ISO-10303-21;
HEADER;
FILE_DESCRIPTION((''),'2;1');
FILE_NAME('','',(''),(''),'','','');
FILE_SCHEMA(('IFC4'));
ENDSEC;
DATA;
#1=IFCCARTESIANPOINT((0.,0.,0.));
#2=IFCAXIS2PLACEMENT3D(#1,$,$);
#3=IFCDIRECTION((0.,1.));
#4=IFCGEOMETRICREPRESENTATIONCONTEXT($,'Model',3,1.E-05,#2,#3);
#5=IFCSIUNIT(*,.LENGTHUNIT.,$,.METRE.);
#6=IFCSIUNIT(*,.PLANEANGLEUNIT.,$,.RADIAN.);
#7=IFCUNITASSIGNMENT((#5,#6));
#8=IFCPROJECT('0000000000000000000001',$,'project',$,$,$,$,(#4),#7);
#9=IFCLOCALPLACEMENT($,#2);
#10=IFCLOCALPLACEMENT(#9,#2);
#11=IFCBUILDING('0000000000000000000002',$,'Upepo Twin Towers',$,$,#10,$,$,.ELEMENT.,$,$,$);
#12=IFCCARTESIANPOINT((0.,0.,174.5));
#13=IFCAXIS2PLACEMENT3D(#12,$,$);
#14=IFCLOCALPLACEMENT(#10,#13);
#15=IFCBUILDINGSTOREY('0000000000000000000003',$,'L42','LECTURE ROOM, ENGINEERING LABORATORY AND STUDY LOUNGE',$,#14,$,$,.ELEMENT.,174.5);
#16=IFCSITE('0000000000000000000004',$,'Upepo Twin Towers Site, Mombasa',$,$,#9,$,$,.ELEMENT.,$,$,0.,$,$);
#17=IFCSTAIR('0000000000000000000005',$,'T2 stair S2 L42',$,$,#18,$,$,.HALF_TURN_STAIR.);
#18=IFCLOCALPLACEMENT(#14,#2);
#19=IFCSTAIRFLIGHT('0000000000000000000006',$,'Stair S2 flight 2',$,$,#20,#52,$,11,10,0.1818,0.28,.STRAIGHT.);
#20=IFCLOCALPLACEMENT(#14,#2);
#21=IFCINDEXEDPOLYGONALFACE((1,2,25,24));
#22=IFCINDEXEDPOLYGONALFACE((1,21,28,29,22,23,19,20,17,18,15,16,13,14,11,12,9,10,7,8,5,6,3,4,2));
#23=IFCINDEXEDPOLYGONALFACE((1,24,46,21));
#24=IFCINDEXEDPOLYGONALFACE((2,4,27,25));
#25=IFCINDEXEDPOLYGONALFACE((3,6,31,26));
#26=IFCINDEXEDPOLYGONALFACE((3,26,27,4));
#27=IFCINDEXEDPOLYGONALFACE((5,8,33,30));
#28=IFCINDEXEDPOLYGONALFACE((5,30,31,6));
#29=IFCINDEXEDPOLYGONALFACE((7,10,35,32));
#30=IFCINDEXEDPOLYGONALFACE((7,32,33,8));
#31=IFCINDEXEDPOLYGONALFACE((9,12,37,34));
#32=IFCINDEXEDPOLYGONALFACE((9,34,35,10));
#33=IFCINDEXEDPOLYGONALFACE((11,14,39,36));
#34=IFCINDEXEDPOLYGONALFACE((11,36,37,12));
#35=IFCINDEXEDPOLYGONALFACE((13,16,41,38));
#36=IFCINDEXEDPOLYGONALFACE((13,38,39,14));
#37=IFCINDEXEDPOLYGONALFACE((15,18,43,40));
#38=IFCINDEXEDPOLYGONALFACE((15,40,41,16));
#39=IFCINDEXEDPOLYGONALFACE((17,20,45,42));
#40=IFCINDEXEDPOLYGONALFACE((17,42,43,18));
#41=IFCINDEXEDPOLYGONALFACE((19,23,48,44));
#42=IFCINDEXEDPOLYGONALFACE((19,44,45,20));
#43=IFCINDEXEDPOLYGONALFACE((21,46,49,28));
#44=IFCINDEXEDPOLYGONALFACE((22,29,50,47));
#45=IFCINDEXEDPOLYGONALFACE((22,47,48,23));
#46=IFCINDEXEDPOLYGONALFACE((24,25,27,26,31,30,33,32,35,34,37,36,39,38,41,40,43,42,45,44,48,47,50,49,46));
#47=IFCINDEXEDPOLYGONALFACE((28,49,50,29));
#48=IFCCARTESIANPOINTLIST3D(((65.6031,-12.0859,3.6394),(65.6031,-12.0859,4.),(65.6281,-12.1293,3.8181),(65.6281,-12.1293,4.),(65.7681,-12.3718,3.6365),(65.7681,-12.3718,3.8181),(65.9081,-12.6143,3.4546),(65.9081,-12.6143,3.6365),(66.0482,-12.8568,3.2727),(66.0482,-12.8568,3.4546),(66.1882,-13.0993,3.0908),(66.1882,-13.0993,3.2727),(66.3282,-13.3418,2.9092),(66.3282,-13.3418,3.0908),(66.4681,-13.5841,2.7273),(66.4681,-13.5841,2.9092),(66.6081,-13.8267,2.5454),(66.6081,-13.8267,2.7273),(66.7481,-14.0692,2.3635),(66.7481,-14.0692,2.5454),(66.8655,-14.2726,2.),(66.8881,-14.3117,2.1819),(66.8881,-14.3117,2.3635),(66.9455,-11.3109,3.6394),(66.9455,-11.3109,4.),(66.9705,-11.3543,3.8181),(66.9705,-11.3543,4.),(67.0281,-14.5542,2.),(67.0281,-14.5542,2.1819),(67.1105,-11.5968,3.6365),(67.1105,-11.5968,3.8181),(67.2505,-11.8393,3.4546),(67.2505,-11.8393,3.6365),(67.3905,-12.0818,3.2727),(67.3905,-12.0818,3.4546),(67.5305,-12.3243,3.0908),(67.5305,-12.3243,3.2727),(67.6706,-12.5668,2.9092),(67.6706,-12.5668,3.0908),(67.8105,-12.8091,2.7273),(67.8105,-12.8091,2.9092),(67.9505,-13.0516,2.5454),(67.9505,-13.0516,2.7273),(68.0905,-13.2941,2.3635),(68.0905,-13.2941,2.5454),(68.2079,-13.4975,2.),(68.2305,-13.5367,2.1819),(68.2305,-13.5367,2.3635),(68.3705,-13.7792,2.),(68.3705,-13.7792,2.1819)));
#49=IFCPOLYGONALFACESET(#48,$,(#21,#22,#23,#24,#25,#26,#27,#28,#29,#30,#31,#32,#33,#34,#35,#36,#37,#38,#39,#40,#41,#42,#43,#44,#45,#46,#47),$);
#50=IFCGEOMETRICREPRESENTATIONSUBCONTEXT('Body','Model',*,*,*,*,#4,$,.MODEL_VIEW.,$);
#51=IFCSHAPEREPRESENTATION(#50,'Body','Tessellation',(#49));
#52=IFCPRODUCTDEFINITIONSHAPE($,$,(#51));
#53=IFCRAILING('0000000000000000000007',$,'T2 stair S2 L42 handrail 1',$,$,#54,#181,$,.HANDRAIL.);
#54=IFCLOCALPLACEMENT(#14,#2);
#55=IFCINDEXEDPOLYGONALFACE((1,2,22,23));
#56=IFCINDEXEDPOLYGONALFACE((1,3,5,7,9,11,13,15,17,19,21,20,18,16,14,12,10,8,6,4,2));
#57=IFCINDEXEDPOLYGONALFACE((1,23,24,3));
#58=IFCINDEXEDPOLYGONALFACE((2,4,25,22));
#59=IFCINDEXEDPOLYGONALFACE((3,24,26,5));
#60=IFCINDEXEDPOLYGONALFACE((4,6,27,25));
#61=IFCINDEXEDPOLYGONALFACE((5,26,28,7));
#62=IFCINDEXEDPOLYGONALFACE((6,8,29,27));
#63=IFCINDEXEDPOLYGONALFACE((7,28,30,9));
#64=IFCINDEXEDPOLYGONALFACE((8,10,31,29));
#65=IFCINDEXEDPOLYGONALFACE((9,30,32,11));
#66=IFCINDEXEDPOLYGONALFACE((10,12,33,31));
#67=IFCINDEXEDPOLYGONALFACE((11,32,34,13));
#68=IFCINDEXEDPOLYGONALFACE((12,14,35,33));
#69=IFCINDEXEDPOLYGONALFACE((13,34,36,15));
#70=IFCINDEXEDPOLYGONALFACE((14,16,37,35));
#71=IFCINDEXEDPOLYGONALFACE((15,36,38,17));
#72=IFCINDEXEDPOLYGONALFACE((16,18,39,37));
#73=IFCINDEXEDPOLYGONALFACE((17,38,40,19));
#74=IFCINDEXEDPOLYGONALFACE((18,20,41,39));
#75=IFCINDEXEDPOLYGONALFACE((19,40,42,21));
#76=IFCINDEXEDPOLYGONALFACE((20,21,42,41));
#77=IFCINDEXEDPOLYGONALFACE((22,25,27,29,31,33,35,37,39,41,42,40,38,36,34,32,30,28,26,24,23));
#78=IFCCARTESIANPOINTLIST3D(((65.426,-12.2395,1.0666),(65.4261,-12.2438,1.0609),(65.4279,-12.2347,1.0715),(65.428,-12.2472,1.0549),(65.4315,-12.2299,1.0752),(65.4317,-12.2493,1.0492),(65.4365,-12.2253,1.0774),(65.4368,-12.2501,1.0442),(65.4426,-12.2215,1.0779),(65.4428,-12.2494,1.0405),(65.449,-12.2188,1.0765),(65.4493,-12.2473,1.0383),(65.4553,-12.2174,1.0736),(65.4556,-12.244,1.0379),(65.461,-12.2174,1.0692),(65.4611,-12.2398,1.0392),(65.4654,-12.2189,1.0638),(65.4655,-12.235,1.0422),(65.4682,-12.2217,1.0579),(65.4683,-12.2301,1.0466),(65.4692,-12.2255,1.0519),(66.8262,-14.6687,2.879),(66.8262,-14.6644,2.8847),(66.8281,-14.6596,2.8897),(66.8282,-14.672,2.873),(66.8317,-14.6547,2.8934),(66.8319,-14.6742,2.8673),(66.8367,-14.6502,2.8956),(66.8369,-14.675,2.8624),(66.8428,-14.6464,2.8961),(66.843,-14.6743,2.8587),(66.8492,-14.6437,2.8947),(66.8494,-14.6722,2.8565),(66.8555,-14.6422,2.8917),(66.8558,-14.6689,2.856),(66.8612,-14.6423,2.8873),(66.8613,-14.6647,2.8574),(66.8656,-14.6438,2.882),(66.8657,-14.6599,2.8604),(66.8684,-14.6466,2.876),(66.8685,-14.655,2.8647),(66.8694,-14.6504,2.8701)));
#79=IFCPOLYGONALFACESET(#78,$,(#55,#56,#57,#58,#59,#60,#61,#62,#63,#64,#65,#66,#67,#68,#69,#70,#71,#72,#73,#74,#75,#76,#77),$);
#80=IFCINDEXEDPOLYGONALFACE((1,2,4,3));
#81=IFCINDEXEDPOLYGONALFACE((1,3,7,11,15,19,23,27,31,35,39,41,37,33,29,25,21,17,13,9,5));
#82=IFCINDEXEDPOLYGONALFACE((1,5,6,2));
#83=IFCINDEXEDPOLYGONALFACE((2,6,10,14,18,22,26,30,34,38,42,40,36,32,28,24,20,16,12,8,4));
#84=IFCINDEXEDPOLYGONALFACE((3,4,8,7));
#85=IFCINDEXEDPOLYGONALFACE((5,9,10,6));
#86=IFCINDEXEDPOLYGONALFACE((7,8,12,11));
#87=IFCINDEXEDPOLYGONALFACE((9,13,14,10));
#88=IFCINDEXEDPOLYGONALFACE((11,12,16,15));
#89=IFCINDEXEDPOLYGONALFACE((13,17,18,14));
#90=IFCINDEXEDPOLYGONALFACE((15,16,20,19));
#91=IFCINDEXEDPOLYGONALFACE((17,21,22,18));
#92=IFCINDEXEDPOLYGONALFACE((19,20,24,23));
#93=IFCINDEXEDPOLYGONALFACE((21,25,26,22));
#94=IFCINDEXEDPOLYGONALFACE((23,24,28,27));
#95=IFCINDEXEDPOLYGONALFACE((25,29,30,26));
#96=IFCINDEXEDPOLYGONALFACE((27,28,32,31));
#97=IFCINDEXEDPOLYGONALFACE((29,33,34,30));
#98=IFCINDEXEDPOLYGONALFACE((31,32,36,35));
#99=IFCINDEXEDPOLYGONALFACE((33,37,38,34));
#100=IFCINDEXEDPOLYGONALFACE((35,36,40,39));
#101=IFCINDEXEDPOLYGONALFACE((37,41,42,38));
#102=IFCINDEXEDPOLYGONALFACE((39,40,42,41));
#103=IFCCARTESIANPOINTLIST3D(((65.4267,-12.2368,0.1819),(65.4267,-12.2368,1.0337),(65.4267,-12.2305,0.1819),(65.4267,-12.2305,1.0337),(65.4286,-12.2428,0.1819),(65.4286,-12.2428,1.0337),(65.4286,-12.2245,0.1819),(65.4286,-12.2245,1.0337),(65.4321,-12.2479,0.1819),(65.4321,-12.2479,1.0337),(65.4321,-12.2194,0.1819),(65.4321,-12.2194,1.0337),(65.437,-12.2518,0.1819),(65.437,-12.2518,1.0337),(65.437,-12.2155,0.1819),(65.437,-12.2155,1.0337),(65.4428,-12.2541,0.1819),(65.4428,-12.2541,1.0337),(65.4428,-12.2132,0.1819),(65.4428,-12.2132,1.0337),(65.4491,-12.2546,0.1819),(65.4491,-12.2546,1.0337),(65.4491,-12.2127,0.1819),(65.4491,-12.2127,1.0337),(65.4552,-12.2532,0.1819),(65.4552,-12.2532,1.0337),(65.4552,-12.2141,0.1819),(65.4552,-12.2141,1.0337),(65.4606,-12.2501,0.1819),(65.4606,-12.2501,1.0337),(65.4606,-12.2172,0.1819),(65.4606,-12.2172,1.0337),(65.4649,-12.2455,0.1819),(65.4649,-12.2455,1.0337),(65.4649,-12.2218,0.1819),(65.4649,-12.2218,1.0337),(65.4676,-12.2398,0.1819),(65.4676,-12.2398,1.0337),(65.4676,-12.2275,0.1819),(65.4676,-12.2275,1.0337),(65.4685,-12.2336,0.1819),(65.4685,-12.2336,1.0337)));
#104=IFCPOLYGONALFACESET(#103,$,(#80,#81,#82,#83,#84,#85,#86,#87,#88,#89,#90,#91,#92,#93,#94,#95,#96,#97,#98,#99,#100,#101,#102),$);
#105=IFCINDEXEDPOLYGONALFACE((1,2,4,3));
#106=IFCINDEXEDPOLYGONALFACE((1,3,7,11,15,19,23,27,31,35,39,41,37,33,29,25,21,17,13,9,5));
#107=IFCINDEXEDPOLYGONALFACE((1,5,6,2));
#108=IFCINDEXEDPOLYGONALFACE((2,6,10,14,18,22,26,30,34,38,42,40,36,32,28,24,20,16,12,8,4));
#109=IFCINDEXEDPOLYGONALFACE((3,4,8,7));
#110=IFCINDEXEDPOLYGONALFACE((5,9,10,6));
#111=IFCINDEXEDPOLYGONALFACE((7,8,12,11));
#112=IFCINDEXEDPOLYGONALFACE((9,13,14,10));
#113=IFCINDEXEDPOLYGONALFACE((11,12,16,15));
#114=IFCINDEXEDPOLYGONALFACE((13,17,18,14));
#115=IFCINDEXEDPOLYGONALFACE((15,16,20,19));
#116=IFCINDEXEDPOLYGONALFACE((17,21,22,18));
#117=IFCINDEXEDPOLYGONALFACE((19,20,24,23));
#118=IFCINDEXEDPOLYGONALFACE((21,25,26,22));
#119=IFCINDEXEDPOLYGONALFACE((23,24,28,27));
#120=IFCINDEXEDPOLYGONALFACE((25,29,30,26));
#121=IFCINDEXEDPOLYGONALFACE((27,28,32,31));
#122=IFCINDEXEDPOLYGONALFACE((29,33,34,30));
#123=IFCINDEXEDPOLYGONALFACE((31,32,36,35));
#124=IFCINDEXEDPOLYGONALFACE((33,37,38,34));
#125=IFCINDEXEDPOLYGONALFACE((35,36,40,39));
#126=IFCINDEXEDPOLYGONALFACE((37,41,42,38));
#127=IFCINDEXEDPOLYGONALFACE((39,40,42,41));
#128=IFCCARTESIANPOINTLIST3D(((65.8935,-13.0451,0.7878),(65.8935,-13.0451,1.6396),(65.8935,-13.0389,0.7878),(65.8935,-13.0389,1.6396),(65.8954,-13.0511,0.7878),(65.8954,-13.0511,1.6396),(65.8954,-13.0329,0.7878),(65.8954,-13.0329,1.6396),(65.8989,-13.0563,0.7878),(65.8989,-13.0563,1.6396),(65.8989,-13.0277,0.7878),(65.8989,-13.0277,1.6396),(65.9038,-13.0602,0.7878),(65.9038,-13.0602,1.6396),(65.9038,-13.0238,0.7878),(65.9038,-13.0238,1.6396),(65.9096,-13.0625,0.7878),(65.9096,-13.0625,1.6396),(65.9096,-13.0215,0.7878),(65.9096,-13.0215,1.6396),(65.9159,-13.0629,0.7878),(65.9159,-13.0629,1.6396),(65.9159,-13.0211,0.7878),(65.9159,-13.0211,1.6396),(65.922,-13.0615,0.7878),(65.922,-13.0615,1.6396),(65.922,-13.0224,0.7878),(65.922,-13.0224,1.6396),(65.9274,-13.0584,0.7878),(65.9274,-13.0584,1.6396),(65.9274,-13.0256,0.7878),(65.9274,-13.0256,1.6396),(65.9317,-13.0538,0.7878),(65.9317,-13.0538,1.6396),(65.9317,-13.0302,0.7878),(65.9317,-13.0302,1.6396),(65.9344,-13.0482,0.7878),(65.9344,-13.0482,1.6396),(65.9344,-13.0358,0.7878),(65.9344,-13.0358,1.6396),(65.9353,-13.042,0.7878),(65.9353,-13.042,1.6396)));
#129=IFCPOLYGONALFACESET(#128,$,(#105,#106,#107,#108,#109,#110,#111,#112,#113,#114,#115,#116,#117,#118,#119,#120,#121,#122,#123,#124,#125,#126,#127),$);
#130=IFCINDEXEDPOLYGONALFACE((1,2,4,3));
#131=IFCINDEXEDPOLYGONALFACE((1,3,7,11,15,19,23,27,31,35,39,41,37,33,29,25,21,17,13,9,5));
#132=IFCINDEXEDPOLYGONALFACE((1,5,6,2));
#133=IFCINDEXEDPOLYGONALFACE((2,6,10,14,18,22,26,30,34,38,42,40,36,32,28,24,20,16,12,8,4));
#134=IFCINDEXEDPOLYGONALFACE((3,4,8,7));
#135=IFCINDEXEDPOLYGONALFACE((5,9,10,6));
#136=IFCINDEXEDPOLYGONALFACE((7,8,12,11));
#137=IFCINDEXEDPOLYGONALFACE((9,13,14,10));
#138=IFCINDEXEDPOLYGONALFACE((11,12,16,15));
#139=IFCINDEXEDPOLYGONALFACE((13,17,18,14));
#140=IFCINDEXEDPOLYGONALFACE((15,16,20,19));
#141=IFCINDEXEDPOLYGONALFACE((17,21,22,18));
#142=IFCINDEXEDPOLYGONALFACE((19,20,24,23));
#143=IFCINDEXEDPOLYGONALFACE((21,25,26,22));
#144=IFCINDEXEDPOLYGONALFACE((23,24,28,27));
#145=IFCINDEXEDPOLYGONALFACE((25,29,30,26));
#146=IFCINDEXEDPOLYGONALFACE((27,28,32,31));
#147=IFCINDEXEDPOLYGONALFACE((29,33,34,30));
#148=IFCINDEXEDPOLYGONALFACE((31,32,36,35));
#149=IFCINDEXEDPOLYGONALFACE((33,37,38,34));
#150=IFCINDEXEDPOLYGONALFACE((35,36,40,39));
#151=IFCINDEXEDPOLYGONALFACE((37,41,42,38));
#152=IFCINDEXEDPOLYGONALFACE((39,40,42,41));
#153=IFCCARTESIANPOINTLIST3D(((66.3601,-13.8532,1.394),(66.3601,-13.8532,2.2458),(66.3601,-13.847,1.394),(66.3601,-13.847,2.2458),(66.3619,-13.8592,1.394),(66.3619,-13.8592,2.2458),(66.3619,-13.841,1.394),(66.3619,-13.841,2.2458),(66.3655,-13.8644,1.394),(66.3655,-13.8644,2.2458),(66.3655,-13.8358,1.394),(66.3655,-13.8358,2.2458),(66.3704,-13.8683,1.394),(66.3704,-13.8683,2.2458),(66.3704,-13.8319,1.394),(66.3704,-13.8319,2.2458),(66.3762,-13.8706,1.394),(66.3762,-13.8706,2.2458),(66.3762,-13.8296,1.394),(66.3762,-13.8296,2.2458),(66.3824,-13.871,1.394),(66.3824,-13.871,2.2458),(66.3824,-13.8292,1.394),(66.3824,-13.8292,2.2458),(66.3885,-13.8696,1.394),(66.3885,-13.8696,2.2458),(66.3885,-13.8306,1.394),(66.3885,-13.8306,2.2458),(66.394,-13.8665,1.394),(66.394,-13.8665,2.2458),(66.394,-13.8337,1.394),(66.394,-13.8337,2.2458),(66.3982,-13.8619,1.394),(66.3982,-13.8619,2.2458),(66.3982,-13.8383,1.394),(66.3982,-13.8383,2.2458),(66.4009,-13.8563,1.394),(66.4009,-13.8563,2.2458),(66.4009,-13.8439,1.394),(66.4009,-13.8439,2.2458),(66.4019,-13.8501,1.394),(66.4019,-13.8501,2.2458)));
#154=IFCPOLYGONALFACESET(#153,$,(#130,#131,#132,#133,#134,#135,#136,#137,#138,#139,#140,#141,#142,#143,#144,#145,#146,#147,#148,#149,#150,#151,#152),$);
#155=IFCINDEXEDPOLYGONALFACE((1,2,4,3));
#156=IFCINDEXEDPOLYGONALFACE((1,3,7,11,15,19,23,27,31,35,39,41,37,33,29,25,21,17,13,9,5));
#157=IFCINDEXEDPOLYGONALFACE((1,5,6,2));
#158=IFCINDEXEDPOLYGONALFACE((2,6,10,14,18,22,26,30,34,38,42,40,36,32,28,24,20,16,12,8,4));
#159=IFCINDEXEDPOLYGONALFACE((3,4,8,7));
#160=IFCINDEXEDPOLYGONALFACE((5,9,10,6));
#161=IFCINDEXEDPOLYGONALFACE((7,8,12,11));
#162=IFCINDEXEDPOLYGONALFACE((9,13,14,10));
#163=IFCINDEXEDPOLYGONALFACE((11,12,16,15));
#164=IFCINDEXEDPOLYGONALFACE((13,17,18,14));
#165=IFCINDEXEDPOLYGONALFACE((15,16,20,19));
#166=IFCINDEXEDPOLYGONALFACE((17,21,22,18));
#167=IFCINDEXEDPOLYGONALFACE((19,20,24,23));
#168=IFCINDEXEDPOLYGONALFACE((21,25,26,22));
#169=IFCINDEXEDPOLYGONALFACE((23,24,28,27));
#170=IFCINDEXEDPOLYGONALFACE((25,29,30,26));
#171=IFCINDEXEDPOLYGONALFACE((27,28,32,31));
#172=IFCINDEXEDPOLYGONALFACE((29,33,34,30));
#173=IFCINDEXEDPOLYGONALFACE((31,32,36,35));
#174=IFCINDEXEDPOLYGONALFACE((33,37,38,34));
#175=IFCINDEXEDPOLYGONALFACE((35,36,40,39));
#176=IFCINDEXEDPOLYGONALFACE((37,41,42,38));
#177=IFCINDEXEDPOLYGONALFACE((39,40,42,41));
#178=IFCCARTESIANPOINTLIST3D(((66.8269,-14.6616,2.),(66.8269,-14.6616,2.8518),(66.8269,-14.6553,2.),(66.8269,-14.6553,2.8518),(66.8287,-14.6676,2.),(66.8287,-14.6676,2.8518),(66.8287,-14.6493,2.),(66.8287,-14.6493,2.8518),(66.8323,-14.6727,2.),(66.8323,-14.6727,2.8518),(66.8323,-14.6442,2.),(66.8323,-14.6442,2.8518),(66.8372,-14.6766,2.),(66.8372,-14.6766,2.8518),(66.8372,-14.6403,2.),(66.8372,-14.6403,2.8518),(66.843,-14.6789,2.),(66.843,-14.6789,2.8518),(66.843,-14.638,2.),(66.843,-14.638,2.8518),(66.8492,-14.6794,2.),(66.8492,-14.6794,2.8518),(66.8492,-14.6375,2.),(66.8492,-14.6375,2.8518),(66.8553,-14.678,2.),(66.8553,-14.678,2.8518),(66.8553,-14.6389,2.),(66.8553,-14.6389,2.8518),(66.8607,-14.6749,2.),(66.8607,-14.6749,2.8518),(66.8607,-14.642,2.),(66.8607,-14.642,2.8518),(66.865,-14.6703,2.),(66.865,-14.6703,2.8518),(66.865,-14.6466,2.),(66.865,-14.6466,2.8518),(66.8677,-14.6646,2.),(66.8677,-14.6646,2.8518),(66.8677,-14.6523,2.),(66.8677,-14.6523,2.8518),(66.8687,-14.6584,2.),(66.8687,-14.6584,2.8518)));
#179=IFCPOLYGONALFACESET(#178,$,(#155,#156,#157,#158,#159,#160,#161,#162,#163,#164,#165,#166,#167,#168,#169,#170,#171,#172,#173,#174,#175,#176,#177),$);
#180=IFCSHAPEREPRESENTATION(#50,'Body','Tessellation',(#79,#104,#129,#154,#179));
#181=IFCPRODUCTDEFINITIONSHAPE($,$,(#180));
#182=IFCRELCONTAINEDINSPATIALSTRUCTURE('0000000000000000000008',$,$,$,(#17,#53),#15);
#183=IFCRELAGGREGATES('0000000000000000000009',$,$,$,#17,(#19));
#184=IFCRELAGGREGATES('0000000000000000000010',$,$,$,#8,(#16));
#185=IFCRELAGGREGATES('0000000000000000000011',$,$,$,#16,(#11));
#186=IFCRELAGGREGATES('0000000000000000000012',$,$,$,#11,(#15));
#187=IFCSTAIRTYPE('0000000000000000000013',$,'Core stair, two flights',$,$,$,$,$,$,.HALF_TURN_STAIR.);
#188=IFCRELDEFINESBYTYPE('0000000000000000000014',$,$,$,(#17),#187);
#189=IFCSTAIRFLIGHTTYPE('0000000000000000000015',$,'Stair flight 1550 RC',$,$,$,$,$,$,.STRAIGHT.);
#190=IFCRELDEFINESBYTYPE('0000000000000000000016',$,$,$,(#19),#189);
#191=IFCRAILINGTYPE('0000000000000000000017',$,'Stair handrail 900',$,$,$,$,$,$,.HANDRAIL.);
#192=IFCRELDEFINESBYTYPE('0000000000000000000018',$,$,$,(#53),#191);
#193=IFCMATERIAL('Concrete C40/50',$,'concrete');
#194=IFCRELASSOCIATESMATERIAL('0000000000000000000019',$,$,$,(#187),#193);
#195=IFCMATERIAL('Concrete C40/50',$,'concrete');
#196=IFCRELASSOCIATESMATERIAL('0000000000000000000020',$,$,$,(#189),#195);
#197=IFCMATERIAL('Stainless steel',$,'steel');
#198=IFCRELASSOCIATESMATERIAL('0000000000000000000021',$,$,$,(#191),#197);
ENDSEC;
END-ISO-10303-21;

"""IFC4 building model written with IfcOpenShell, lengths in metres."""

from ifc_helpers import new_model, si_unit, direction, frame, origin, origin_2d, place, context, subcontext, project, spatial, polyline, circle, outline, extrude, material, type_object, element, aggregate, save


model = new_model("IFC4")

# Units and contexts
model_context = context("Model", 3, precision=1e-05, world=origin(), true_north=direction((0.0, 1.0)))
body_context = subcontext(model_context, "Body", "Model", "MODEL_VIEW")
ifc_project = project(units=[si_unit("LENGTHUNIT", "METRE"), si_unit("PLANEANGLEUNIT", "RADIAN")], contexts=[model_context])

# Site, building, storey
site_placement = place(None, origin())
site = spatial("IfcSite", under=ifc_project, at=site_placement, Name="Upepo Twin Towers Site, Mombasa", CompositionType="ELEMENT", RefElevation=0.0)
building_placement = place(site_placement, origin())
building = spatial("IfcBuilding", under=site, at=building_placement, Name="Upepo Twin Towers", CompositionType="ELEMENT")
storey_placement = place(building_placement, frame((0.0, 0.0, 174.5)))
storey = spatial("IfcBuildingStorey", under=building, at=storey_placement, Name="L42", Description="LECTURE ROOM, ENGINEERING LABORATORY AND STUDY LOUNGE", CompositionType="ELEMENT", Elevation=174.5)

# Stair, stair flight
ifc_material_1 = material(Name="Concrete C40/50", Category="concrete")
stair_type = type_object("IfcStairType", Name="Core stair, two flights", PredefinedType="HALF_TURN_STAIR", material=ifc_material_1)
stair_placement = place(storey_placement, origin())
stair = element("IfcStair", 1, at=stair_placement, inside=storey, type_object=stair_type, Name="T2 stair S2 L42", PredefinedType="HALF_TURN_STAIR")
ifc_material_2 = material(Name="Concrete C40/50", Category="concrete")
stair_flight_type = type_object("IfcStairFlightType", Name="Stair flight 1550 RC", PredefinedType="STRAIGHT", material=ifc_material_2)
stair_flight_1_placement = place(storey_placement, frame((67.6992, -14.1667, 2.0), z_axis=(0.0, 0.0, 1.0), x_axis=(-0.5, 0.866025, 0.0)))
stair_flight_1 = element("IfcStairFlight", 2, at=stair_flight_1_placement, type_object=stair_flight_type, Name="Stair S2 flight 2", NumberOfRisers=11, NumberOfTreads=10, PredefinedType="STRAIGHT", RiserHeight=0.1818, TreadLength=0.28, context=body_context, shape_type="SweptSolid", body=[
    extrude(outline(polyline([(0.0, 0.0), (0.0, 0.1819), (0.28, 0.1819), (0.28, 0.3635), (0.5601, 0.3635), (0.5601, 0.5454), (0.8401, 0.5454), (0.8401, 0.7273), (1.1201, 0.7273), (1.1201, 0.9092), (1.3999, 0.9092), (1.3999, 1.0908), (1.6799, 1.0908), (1.6799, 1.2727), (1.96, 1.2727), (1.96, 1.4546), (2.24, 1.4546), (2.24, 1.6365), (2.52, 1.6365), (2.52, 1.8181), (2.8, 1.8181), (2.8, 2.0), (2.8501, 2.0), (2.8501, 1.6394), (0.3252, 0.0), (0.0, 0.0)])), frame((0.0, 0.7749, 0.0), z_axis=(0.0, -1.0, 0.0), x_axis=(1.0, 0.0, 0.0)), (0.0, 0.0, 1.0), 1.55),
])
aggregate(stair, [stair_flight_1])

# Railing
ifc_material_3 = material(Name="Stainless steel", Category="steel")
railing_type = type_object("IfcRailingType", Name="Stair handrail 900", PredefinedType="HANDRAIL", material=ifc_material_3)
railing_1_placement = place(storey_placement, frame((65.4475, -12.2336, 0.1819)))
element("IfcRailing", 3, at=railing_1_placement, inside=storey, type_object=railing_type, Name="T2 stair S2 L42 handrail 1", PredefinedType="HANDRAIL", context=body_context, shape_type="SweptSolid", body=[
    extrude(circle(Radius=0.0239, at=origin_2d()), frame((0.0, 0.0, 0.876), z_axis=(0.419393, -0.726314, 0.544589), x_axis=(0.865997, 0.50005, 0.0)), (0.0, 0.0, 1.0), 3.3386),
    extrude(circle(Radius=0.021, at=origin_2d()), origin(), (0.0, 0.0, 1.0), 0.8518),
    extrude(circle(Radius=0.021, at=origin_2d()), frame((0.4668, -0.8083, 0.606)), (0.0, 0.0, 1.0), 0.8518),
    extrude(circle(Radius=0.021, at=origin_2d()), frame((0.9333, -1.6165, 1.2122)), (0.0, 0.0, 1.0), 0.8518),
    extrude(circle(Radius=0.021, at=origin_2d()), frame((1.4001, -2.4248, 1.8181)), (0.0, 0.0, 1.0), 0.8518),
])

save(model, "model.ifc")
